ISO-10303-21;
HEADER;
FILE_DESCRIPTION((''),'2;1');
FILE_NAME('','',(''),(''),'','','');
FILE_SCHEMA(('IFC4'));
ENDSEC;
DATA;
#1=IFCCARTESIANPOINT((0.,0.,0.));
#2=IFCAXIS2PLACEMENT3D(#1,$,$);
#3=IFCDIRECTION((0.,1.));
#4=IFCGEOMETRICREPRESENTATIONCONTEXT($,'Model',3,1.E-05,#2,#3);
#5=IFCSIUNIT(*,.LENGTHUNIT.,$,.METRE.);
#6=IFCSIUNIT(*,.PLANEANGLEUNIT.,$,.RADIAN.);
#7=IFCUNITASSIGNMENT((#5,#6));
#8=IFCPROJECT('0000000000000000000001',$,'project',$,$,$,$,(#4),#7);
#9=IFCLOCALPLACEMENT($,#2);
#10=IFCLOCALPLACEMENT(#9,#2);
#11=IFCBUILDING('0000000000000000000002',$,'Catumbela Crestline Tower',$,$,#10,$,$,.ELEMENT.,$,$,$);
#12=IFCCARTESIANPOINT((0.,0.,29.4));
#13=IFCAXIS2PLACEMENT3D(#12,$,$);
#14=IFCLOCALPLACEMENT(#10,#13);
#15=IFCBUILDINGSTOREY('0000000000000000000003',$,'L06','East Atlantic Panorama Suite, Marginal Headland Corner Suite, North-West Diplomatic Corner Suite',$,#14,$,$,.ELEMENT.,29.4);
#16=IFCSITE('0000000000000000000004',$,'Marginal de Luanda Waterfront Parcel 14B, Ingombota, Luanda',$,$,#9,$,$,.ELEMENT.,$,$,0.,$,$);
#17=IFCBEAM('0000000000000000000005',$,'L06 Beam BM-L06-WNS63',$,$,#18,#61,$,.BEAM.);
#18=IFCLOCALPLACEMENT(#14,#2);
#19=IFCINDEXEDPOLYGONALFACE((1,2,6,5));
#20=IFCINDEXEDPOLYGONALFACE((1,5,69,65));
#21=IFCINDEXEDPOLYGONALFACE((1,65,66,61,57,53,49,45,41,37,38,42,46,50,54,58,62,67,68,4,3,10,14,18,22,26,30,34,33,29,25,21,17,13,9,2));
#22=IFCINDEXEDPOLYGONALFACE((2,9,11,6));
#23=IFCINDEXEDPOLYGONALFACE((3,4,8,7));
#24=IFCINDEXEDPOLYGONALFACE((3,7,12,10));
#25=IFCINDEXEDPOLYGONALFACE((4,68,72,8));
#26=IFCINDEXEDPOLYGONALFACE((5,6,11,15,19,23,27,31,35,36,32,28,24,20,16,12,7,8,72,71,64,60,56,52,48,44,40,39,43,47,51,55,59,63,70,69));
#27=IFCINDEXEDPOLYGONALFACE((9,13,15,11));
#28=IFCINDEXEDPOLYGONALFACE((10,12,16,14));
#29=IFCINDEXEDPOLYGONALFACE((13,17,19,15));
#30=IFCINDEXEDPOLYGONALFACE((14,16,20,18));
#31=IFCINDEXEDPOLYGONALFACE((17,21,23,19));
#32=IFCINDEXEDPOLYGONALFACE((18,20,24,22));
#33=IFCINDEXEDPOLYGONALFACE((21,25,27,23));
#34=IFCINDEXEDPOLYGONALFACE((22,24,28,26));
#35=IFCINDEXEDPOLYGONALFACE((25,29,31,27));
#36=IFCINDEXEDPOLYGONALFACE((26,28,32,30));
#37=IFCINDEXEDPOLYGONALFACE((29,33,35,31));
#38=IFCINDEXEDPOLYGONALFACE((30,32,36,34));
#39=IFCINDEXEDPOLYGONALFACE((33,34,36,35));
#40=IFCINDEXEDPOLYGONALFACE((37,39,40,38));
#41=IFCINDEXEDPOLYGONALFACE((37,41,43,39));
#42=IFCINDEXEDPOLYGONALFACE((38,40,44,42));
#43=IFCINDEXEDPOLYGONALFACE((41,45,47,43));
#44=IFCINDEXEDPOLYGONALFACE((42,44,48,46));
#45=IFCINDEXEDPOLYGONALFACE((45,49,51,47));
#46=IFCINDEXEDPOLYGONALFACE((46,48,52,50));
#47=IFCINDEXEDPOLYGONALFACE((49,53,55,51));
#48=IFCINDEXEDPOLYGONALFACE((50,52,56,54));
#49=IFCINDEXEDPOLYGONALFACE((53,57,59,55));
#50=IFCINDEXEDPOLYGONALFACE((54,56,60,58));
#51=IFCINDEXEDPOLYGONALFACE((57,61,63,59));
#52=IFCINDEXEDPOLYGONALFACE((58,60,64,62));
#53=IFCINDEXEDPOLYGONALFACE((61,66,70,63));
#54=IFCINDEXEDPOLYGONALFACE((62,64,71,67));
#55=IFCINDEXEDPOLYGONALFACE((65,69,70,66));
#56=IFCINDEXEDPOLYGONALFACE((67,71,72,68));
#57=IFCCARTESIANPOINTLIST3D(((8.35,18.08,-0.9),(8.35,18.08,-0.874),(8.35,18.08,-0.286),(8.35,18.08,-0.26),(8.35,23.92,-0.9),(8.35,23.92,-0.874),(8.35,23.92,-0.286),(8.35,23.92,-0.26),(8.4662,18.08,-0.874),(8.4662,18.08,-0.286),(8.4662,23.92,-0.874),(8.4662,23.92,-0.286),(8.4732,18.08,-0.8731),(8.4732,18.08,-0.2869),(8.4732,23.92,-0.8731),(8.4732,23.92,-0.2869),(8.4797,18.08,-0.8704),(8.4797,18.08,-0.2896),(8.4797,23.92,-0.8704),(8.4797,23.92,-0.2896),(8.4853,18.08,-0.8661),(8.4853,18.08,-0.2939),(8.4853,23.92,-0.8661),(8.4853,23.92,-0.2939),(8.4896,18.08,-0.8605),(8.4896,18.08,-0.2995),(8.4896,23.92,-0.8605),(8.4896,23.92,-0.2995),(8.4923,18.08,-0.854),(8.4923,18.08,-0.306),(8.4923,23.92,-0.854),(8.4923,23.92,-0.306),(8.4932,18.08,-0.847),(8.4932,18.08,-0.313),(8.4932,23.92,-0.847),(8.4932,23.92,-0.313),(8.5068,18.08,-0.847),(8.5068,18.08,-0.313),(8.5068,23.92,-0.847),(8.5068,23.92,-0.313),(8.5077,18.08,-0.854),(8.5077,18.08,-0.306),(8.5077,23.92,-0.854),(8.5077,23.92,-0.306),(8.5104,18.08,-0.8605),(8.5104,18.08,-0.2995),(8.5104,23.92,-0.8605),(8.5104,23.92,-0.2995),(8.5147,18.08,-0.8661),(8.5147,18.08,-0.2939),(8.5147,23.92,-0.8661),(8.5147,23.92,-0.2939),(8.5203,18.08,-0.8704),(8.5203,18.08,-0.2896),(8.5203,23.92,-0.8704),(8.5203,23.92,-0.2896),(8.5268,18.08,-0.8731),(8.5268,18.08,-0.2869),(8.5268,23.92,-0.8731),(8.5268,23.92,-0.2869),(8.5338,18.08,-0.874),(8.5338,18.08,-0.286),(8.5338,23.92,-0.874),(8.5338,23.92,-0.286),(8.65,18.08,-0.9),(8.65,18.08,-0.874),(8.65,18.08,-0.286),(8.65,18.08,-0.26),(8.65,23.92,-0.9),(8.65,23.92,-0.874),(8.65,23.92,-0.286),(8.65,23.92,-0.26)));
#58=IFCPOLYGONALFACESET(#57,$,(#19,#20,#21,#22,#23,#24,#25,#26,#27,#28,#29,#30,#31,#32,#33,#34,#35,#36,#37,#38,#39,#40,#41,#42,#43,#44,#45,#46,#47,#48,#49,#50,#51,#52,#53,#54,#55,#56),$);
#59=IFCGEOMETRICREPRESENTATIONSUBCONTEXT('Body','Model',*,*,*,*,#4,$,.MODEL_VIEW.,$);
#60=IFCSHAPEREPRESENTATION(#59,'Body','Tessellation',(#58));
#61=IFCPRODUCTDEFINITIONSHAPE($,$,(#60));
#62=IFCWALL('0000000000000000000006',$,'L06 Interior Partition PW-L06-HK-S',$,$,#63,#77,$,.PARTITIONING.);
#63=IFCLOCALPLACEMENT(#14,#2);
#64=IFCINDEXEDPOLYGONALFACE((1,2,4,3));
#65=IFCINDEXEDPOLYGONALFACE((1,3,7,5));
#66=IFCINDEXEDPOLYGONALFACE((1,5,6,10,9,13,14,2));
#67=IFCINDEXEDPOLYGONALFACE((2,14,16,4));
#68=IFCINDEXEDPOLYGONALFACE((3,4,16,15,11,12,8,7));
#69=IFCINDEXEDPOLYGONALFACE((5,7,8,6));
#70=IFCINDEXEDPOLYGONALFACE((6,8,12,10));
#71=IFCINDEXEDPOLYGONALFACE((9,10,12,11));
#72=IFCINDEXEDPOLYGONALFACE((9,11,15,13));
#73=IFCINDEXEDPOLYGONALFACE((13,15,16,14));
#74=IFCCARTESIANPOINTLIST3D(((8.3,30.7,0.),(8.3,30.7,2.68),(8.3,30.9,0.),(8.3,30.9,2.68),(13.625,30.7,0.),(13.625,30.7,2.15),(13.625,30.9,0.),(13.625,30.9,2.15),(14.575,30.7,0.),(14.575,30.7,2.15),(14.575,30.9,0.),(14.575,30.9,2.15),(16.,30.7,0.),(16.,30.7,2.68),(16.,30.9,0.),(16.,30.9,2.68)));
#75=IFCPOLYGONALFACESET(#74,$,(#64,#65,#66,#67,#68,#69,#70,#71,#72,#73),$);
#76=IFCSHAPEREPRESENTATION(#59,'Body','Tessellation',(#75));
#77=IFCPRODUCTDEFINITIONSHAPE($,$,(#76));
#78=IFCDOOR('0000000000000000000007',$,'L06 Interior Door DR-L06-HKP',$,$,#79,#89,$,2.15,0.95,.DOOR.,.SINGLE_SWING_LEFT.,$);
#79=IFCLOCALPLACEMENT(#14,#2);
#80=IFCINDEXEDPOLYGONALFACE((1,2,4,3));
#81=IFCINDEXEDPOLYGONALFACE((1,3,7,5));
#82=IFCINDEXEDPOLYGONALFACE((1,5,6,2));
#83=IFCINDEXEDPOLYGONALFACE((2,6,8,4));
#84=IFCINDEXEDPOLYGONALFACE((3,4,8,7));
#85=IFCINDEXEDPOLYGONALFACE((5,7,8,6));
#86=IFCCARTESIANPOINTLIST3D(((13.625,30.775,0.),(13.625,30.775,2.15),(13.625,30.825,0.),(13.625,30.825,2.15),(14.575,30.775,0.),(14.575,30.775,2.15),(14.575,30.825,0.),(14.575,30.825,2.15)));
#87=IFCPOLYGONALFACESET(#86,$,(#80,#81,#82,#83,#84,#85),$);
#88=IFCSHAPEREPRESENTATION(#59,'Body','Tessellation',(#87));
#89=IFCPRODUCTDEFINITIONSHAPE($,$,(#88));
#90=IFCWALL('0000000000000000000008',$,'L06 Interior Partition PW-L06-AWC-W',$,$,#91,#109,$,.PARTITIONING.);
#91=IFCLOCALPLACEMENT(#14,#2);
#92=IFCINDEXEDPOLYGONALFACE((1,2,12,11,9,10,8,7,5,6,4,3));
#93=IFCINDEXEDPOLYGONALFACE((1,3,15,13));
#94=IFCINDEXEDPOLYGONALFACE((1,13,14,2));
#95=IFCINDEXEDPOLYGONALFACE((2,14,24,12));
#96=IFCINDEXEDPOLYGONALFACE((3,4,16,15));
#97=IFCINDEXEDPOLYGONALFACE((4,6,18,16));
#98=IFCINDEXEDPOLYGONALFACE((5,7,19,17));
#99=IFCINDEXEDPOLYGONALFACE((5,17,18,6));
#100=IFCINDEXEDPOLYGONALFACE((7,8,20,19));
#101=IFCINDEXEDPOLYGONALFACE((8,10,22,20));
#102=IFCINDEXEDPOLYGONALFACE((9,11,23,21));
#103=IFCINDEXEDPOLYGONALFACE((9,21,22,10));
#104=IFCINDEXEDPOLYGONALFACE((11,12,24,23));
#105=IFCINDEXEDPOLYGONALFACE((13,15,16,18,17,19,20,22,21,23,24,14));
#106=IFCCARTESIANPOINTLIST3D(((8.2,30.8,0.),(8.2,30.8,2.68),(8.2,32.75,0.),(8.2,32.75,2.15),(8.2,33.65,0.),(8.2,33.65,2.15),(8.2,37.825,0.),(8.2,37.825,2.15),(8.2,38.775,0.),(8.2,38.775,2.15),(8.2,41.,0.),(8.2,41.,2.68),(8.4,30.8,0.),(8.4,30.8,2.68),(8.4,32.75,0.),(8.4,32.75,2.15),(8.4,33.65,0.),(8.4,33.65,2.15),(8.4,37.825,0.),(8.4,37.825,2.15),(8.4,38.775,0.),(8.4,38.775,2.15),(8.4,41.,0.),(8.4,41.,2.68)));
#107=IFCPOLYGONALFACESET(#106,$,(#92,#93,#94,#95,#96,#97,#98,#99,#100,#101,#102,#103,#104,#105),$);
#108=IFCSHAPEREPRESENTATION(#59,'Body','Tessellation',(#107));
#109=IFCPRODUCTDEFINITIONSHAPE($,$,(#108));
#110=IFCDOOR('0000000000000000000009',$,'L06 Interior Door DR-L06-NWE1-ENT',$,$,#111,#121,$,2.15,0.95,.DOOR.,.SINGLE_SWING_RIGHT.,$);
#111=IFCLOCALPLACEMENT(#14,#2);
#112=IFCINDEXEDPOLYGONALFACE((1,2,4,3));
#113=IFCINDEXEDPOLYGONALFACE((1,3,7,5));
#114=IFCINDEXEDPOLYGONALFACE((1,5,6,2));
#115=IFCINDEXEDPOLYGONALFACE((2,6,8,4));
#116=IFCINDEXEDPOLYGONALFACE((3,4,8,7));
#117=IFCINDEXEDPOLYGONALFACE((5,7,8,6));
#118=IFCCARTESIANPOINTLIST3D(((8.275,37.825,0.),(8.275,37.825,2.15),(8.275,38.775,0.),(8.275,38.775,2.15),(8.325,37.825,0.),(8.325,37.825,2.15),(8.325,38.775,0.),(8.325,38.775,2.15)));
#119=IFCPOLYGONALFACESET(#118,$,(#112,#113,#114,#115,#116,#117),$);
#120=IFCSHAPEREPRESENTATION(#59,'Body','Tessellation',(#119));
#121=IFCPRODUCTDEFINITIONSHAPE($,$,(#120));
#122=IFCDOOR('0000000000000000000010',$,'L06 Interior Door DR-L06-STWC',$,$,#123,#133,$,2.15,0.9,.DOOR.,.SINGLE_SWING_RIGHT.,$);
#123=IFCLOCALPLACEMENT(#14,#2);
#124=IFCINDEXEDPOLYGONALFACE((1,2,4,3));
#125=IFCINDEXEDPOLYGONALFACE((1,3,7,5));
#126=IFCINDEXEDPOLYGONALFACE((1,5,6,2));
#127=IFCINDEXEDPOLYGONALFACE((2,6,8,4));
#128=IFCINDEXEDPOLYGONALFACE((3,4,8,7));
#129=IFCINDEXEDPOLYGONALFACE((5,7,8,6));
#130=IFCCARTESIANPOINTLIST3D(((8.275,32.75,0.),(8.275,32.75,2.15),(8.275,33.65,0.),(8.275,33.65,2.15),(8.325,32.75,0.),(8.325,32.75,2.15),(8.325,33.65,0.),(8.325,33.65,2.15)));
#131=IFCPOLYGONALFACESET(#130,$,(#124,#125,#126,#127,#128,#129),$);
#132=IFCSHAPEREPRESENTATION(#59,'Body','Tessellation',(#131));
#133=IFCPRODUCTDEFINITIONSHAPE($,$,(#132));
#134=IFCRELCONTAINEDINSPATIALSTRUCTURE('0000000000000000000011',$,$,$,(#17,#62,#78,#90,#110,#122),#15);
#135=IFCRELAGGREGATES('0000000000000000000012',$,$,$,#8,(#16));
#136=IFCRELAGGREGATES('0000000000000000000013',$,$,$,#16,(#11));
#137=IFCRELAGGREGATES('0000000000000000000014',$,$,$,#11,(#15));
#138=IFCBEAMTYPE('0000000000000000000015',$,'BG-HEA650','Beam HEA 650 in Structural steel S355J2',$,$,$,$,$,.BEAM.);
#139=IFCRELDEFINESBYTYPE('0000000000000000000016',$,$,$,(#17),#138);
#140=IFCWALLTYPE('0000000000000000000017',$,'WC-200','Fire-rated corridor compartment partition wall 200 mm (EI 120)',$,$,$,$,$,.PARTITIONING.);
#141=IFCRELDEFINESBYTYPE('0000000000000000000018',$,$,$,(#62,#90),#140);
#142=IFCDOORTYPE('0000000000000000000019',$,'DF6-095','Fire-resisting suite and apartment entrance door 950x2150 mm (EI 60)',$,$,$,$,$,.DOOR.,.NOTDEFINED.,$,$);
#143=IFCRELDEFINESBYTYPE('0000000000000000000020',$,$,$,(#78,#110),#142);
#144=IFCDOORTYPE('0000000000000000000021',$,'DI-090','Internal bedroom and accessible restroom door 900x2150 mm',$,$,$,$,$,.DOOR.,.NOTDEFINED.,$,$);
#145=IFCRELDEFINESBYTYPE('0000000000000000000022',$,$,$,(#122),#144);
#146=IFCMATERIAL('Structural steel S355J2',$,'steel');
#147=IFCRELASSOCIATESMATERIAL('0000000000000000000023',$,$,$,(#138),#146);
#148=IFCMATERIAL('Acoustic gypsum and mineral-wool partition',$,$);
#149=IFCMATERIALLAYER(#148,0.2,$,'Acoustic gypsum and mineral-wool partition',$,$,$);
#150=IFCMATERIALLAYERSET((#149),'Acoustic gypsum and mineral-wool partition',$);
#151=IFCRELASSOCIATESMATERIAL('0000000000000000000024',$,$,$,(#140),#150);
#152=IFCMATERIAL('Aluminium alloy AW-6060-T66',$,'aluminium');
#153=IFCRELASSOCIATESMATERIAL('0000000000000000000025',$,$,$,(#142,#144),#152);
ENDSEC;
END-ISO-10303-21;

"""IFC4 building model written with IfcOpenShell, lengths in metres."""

from ifc_helpers import new_model, si_unit, direction, frame, frame_2d, origin, origin_2d, place, context, subcontext, project, spatial, rectangle, i_section, extrude, material, layer, layer_set, material_profile, profile_set, type_object, element, fill, save


model = new_model("IFC4")

# Units and contexts
model_context = context("Model", 3, precision=1e-05, world=origin(), true_north=direction((0.0, 1.0)))
body_context = subcontext(model_context, "Body", "Model", "MODEL_VIEW")
ifc_project = project(units=[si_unit("LENGTHUNIT", "METRE"), si_unit("PLANEANGLEUNIT", "RADIAN")], contexts=[model_context])

# Site, building, storey
site_placement = place(None, origin())
site = spatial("IfcSite", under=ifc_project, at=site_placement, Name="Marginal de Luanda Waterfront Parcel 14B, Ingombota, Luanda", CompositionType="ELEMENT", RefElevation=0.0)
building_placement = place(site_placement, origin())
building = spatial("IfcBuilding", under=site, at=building_placement, Name="Catumbela Crestline Tower", CompositionType="ELEMENT")
storey_placement = place(building_placement, frame((0.0, 0.0, 29.4)))
storey = spatial("IfcBuildingStorey", under=building, at=storey_placement, Name="L06", Description="East Atlantic Panorama Suite, Marginal Headland Corner Suite, North-West Diplomatic Corner Suite", CompositionType="ELEMENT", Elevation=29.4)

# Beam
ifc_material_1 = material(Name="Structural steel S355J2", Category="steel")
ifc_material_profile_1 = material_profile(ifc_material_1, i_section(OverallWidth=0.3, OverallDepth=0.64, WebThickness=0.0135, FlangeThickness=0.026, FilletRadius=0.027, at=origin_2d()), Name="HEA 650")
ifc_profile_set_1 = profile_set([ifc_material_profile_1], Name="Structural steel S355J2")
beam_type = type_object("IfcBeamType", Name="BG-HEA650", Description="Beam HEA 650 in Structural steel S355J2", PredefinedType="BEAM", material=ifc_profile_set_1)
beam_1_placement = place(storey_placement, frame((8.5, 18.08, -0.58), z_axis=(0.0, 1.0, 0.0), x_axis=(-1.0, 0.0, 0.0)))
element("IfcBeam", 1, at=beam_1_placement, inside=storey, type_object=beam_type, Name="L06 Beam BM-L06-WNS63", PredefinedType="BEAM", context=body_context, shape_type="SweptSolid", body=[
    extrude(i_section(OverallWidth=0.3, OverallDepth=0.64, WebThickness=0.0135, FlangeThickness=0.026, FilletRadius=0.027, at=origin_2d()), origin(), (0.0, 0.0, 1.0), 5.84),
])

# Wall, opening, door
ifc_material_2 = material(Name="Acoustic gypsum and mineral-wool partition")
ifc_layer = layer(ifc_material_2, 0.2, Name="Acoustic gypsum and mineral-wool partition")
ifc_layer_set = layer_set([ifc_layer], Name="Acoustic gypsum and mineral-wool partition")
wall_type = type_object("IfcWallType", Name="WC-200", Description="Fire-rated corridor compartment partition wall 200 mm (EI 120)", PredefinedType="PARTITIONING", material=ifc_layer_set)
wall_1_placement = place(storey_placement, frame((8.3, 30.8, 0.0), z_axis=(0.0, 0.0, 1.0), x_axis=(1.0, 0.0, 0.0)))
wall_1 = element("IfcWall", 2, at=wall_1_placement, inside=storey, type_object=wall_type, Name="L06 Interior Partition PW-L06-HK-S", PredefinedType="PARTITIONING", context=body_context, shape_type="SweptSolid", body=[
    extrude(rectangle(XDim=7.7, YDim=0.2, at=frame_2d((3.85, 0.0))), origin(), (0.0, 0.0, 1.0), 2.68),
])
opening_1_placement = place(wall_1_placement, frame((5.325, 0.0, 0.0)))
opening_1 = element("IfcOpeningElement", 3, at=opening_1_placement, cuts=wall_1, PredefinedType="OPENING", context=body_context, shape_type="SweptSolid", body=[
    extrude(rectangle(XDim=0.95, YDim=2.15, at=frame_2d((0.475, 1.075))), frame((0.0, 0.11, 0.0), z_axis=(0.0, -1.0, 0.0), x_axis=(1.0, 0.0, 0.0)), (0.0, 0.0, 1.0), 0.22),
])
ifc_material_3 = material(Name="Aluminium alloy AW-6060-T66", Category="aluminium")
door_type_1 = type_object("IfcDoorType", Name="DF6-095", Description="Fire-resisting suite and apartment entrance door 950x2150 mm (EI 60)", OperationType="NOTDEFINED", PredefinedType="DOOR", material=ifc_material_3)
door_1_placement = place(opening_1_placement, origin())
door_1 = element("IfcDoor", 4, at=door_1_placement, inside=storey, type_object=door_type_1, Name="L06 Interior Door DR-L06-HKP", OperationType="SINGLE_SWING_LEFT", OverallHeight=2.15, OverallWidth=0.95, PredefinedType="DOOR", context=body_context, shape_type="SweptSolid", body=[
    extrude(rectangle(XDim=0.95, YDim=2.15, at=frame_2d((0.475, 1.075))), frame((0.0, 0.025, 0.0), z_axis=(0.0, -1.0, 0.0), x_axis=(1.0, 0.0, 0.0)), (0.0, 0.0, 1.0), 0.05),
])
fill(opening_1, door_1)

# Wall, openings, doors
wall_2_placement = place(storey_placement, frame((8.3, 30.8, 0.0), z_axis=(0.0, 0.0, 1.0), x_axis=(0.0, 1.0, 0.0)))
wall_2 = element("IfcWall", 5, at=wall_2_placement, inside=storey, type_object=wall_type, Name="L06 Interior Partition PW-L06-AWC-W", PredefinedType="PARTITIONING", context=body_context, shape_type="SweptSolid", body=[
    extrude(rectangle(XDim=10.2, YDim=0.2, at=frame_2d((5.1, 0.0))), origin(), (0.0, 0.0, 1.0), 2.68),
])
opening_2_placement = place(wall_2_placement, frame((1.95, 0.0, 0.0)))
opening_2 = element("IfcOpeningElement", 6, at=opening_2_placement, cuts=wall_2, PredefinedType="OPENING", context=body_context, shape_type="SweptSolid", body=[
    extrude(rectangle(XDim=0.9, YDim=2.15, at=frame_2d((0.45, 1.075))), frame((0.0, 0.11, 0.0), z_axis=(0.0, -1.0, 0.0), x_axis=(1.0, 0.0, 0.0)), (0.0, 0.0, 1.0), 0.22),
])
opening_3_placement = place(wall_2_placement, frame((7.025, 0.0, 0.0)))
opening_3 = element("IfcOpeningElement", 7, at=opening_3_placement, cuts=wall_2, PredefinedType="OPENING", context=body_context, shape_type="SweptSolid", body=[
    extrude(rectangle(XDim=0.95, YDim=2.15, at=frame_2d((0.475, 1.075))), frame((0.0, 0.11, 0.0), z_axis=(0.0, -1.0, 0.0), x_axis=(1.0, 0.0, 0.0)), (0.0, 0.0, 1.0), 0.22),
])
door_2_placement = place(opening_3_placement, origin())
door_2 = element("IfcDoor", 8, at=door_2_placement, inside=storey, type_object=door_type_1, Name="L06 Interior Door DR-L06-NWE1-ENT", OperationType="SINGLE_SWING_RIGHT", OverallHeight=2.15, OverallWidth=0.95, PredefinedType="DOOR", context=body_context, shape_type="SweptSolid", body=[
    extrude(rectangle(XDim=0.95, YDim=2.15, at=frame_2d((0.475, 1.075))), frame((0.0, 0.025, 0.0), z_axis=(0.0, -1.0, 0.0), x_axis=(1.0, 0.0, 0.0)), (0.0, 0.0, 1.0), 0.05),
])
fill(opening_3, door_2)
door_type_2 = type_object("IfcDoorType", Name="DI-090", Description="Internal bedroom and accessible restroom door 900x2150 mm", OperationType="NOTDEFINED", PredefinedType="DOOR", material=ifc_material_3)
door_3_placement = place(opening_2_placement, origin())
door_3 = element("IfcDoor", 9, at=door_3_placement, inside=storey, type_object=door_type_2, Name="L06 Interior Door DR-L06-STWC", OperationType="SINGLE_SWING_RIGHT", OverallHeight=2.15, OverallWidth=0.9, PredefinedType="DOOR", context=body_context, shape_type="SweptSolid", body=[
    extrude(rectangle(XDim=0.9, YDim=2.15, at=frame_2d((0.45, 1.075))), frame((0.0, 0.025, 0.0), z_axis=(0.0, -1.0, 0.0), x_axis=(1.0, 0.0, 0.0)), (0.0, 0.0, 1.0), 0.05),
])
fill(opening_2, door_3)

save(model, "model.ifc")
